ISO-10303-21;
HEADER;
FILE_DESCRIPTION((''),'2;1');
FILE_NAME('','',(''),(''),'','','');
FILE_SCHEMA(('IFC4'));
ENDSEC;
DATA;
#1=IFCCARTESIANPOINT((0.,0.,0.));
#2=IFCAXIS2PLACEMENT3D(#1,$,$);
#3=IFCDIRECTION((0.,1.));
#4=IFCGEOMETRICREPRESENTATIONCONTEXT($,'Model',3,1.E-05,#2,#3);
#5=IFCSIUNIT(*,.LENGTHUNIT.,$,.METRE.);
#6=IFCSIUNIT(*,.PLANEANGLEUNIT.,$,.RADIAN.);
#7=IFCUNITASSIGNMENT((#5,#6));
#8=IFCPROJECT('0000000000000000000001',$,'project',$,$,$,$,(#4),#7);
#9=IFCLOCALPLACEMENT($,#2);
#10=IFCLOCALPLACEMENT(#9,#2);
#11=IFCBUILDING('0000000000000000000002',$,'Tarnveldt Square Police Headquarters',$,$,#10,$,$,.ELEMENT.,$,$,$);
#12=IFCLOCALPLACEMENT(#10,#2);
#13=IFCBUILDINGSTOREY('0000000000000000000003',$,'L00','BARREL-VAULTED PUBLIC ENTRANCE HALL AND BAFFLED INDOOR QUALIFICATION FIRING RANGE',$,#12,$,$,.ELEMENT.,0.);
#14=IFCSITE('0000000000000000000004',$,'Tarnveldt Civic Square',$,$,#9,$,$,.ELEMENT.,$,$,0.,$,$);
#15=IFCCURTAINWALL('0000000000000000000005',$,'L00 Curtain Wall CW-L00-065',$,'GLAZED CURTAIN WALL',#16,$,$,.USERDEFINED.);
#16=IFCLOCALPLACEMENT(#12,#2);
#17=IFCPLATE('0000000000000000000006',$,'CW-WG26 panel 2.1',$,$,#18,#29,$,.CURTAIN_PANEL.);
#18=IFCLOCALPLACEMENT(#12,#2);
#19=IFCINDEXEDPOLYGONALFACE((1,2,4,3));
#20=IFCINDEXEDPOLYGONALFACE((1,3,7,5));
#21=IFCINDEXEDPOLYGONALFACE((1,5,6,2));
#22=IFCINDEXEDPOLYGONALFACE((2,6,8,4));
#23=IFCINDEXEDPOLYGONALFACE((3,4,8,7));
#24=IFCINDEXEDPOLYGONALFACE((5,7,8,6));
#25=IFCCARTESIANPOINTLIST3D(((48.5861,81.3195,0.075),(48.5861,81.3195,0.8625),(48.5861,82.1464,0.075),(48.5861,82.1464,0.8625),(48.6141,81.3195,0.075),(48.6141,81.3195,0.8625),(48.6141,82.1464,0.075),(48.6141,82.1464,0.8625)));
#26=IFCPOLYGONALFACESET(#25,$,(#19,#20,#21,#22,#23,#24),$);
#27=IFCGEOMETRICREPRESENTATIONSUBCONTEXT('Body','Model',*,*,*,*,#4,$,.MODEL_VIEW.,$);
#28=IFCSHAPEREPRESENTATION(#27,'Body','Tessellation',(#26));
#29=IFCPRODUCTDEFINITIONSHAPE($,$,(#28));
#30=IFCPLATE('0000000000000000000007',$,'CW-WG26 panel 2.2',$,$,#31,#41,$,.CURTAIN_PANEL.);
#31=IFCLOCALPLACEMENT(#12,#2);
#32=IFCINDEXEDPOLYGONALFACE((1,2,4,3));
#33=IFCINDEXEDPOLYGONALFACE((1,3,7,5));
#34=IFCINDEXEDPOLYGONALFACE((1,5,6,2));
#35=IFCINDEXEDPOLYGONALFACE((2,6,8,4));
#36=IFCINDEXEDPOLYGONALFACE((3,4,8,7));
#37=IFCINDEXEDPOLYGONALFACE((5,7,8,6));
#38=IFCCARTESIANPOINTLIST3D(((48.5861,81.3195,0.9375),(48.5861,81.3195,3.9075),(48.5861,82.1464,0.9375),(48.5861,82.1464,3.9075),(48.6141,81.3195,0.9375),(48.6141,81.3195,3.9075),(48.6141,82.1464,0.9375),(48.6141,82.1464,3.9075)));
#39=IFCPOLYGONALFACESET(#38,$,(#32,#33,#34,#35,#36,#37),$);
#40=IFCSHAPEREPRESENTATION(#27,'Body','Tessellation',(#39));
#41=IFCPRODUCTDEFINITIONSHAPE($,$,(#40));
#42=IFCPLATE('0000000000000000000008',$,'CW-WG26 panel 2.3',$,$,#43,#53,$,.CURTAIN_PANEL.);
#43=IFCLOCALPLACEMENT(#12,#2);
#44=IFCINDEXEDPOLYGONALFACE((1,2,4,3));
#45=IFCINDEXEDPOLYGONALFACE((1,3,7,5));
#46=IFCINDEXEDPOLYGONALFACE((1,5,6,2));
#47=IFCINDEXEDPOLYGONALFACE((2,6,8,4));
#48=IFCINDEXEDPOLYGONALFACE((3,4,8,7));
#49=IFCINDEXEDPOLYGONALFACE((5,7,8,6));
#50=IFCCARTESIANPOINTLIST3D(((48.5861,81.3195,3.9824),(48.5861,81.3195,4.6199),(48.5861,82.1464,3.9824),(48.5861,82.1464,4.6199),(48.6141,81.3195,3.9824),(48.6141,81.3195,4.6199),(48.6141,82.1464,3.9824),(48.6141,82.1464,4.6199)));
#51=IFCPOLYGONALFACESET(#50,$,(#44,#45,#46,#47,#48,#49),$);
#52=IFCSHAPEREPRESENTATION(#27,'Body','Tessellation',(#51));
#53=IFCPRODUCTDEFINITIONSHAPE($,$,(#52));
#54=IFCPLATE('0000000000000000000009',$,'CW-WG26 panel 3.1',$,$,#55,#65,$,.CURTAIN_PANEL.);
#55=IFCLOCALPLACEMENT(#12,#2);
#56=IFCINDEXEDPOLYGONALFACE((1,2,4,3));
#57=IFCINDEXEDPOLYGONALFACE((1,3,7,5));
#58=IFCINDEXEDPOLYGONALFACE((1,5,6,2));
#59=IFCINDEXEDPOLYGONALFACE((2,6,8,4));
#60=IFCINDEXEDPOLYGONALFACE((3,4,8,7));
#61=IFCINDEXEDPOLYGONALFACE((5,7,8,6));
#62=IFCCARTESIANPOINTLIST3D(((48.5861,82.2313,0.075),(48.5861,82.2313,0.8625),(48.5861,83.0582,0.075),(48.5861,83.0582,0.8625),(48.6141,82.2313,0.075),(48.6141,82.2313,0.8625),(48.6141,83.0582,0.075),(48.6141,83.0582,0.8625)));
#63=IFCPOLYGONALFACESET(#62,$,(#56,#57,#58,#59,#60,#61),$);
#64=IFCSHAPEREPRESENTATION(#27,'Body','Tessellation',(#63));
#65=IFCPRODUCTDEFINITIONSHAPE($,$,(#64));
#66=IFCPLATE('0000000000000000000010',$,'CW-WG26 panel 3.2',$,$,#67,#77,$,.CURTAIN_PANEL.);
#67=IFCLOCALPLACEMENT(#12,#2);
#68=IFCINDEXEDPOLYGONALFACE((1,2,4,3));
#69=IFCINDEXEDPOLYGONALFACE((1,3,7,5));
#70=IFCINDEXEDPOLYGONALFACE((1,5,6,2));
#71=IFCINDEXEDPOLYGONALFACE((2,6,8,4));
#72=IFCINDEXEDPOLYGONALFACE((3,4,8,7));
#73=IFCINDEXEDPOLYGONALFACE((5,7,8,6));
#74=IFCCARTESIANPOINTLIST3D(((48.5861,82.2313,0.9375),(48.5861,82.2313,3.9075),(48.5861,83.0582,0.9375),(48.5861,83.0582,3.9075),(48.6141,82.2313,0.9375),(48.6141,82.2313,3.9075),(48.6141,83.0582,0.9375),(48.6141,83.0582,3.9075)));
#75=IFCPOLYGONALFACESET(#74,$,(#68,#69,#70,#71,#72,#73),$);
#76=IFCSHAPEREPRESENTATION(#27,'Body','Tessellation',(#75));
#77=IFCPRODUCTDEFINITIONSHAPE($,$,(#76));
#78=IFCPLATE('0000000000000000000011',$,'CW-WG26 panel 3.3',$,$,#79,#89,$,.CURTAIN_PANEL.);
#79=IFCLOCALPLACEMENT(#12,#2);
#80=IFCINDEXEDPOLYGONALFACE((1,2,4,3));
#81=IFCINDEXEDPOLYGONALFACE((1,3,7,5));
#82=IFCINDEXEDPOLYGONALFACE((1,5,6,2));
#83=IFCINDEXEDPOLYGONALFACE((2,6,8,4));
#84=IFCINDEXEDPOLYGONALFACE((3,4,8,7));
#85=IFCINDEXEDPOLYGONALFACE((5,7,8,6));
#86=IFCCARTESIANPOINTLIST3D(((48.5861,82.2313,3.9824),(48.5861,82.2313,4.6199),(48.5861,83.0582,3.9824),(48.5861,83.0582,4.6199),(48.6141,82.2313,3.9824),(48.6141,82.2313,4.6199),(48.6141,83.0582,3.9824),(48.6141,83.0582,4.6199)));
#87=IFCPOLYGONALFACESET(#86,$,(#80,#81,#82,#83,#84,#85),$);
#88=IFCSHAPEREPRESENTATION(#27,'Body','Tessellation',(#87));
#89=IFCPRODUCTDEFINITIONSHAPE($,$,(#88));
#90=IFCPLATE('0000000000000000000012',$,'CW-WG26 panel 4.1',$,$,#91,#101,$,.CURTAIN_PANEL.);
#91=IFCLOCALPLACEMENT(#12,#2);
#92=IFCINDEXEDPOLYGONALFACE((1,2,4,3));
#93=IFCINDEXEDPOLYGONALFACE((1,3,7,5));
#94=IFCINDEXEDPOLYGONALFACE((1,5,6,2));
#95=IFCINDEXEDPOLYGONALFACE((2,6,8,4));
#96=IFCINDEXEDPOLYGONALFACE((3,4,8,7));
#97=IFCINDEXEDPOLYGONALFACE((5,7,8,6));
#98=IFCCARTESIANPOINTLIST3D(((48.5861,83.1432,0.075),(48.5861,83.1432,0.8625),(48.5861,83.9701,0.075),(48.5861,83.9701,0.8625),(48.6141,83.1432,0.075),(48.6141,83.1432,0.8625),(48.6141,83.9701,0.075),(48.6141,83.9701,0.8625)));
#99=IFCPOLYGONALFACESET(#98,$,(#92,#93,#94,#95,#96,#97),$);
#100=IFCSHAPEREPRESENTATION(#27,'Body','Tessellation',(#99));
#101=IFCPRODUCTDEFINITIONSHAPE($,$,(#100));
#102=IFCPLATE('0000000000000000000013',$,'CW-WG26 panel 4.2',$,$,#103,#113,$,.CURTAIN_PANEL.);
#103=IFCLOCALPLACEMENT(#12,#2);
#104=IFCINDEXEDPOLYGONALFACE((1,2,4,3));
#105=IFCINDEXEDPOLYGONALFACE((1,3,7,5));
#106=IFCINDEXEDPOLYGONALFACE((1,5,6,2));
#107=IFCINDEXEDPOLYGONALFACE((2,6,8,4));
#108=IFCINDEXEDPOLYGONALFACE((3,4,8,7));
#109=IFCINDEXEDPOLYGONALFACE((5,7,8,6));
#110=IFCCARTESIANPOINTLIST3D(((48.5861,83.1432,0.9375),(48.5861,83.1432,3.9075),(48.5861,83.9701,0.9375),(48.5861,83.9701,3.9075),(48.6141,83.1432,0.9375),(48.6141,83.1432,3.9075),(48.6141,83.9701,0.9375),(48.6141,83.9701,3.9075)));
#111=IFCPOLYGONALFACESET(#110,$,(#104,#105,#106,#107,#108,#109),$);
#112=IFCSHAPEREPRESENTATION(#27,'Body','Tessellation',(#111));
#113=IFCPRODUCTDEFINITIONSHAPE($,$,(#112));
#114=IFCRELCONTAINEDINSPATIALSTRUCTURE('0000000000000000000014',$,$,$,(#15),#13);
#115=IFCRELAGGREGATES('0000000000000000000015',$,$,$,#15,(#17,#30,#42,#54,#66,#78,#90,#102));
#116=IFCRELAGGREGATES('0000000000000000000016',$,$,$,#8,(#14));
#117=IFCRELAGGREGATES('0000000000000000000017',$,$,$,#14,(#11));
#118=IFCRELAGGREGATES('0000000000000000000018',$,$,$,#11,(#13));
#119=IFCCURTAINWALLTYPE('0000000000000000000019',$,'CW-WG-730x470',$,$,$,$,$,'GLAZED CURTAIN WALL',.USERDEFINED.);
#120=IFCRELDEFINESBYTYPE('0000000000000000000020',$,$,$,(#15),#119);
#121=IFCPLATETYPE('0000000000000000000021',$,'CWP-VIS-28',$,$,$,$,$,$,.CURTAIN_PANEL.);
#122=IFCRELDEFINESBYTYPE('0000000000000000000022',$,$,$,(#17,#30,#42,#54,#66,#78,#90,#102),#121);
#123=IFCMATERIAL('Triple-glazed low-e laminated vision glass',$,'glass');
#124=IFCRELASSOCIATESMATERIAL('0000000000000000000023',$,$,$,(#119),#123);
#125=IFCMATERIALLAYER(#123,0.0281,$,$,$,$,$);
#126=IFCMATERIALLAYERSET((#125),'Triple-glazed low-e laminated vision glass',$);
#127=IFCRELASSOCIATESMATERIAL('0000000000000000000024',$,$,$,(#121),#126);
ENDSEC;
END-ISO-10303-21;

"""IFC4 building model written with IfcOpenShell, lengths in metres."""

from ifc_helpers import new_model, si_unit, direction, frame, origin, origin_2d, place, context, subcontext, project, spatial, rectangle, extrude, material, layer, layer_set, type_object, element, aggregate, save


model = new_model("IFC4")

# Units and contexts
model_context = context("Model", 3, precision=1e-05, world=origin(), true_north=direction((0.0, 1.0)))
body_context = subcontext(model_context, "Body", "Model", "MODEL_VIEW")
ifc_project = project(units=[si_unit("LENGTHUNIT", "METRE"), si_unit("PLANEANGLEUNIT", "RADIAN")], contexts=[model_context])

# Site, building, storey
site_placement = place(None, origin())
site = spatial("IfcSite", under=ifc_project, at=site_placement, Name="Tarnveldt Civic Square", CompositionType="ELEMENT", RefElevation=0.0)
building_placement = place(site_placement, origin())
building = spatial("IfcBuilding", under=site, at=building_placement, Name="Tarnveldt Square Police Headquarters", CompositionType="ELEMENT")
storey_placement = place(building_placement, origin())
storey = spatial("IfcBuildingStorey", under=building, at=storey_placement, Name="L00", Description="BARREL-VAULTED PUBLIC ENTRANCE HALL AND BAFFLED INDOOR QUALIFICATION FIRING RANGE", CompositionType="ELEMENT", Elevation=0.0)

# Shared definitions
ifc_material_1 = material(Name="Triple-glazed low-e laminated vision glass", Category="glass")

# Curtain wall, plates
curtain_wall_type_1 = type_object("IfcCurtainWallType", Name="CW-WG-730x470", ElementType="GLAZED CURTAIN WALL", PredefinedType="USERDEFINED", material=ifc_material_1)
curtain_wall_1_placement = place(storey_placement, origin())
curtain_wall_1 = element("IfcCurtainWall", 1, at=curtain_wall_1_placement, inside=storey, type_object=curtain_wall_type_1, Name="L00 Curtain Wall CW-L00-065", ObjectType="GLAZED CURTAIN WALL", PredefinedType="USERDEFINED")
ifc_layer = layer(ifc_material_1, 0.0281)
ifc_layer_set = layer_set([ifc_layer], Name="Triple-glazed low-e laminated vision glass")
plate_type = type_object("IfcPlateType", Name="CWP-VIS-28", PredefinedType="CURTAIN_PANEL", material=ifc_layer_set)
plate_1_placement = place(storey_placement, frame((48.6001, 81.7329, 0.075), z_axis=(0.0, 0.0, 1.0), x_axis=(0.0, 1.0, 0.0)))
plate_1 = element("IfcPlate", 2, at=plate_1_placement, type_object=plate_type, Name="CW-WG26 panel 2.1", PredefinedType="CURTAIN_PANEL", context=body_context, shape_type="SweptSolid", body=[
    extrude(rectangle(XDim=0.8269, YDim=0.0281, at=origin_2d()), origin(), (0.0, 0.0, 1.0), 0.7876),
])
plate_2_placement = place(storey_placement, frame((48.6001, 81.7329, 0.9375), z_axis=(0.0, 0.0, 1.0), x_axis=(0.0, 1.0, 0.0)))
plate_2 = element("IfcPlate", 3, at=plate_2_placement, type_object=plate_type, Name="CW-WG26 panel 2.2", PredefinedType="CURTAIN_PANEL", context=body_context, shape_type="SweptSolid", body=[
    extrude(rectangle(XDim=0.8269, YDim=0.0281, at=origin_2d()), origin(), (0.0, 0.0, 1.0), 2.97),
])
plate_3_placement = place(storey_placement, frame((48.6001, 81.7329, 3.9824), z_axis=(0.0, 0.0, 1.0), x_axis=(0.0, 1.0, 0.0)))
plate_3 = element("IfcPlate", 4, at=plate_3_placement, type_object=plate_type, Name="CW-WG26 panel 2.3", PredefinedType="CURTAIN_PANEL", context=body_context, shape_type="SweptSolid", body=[
    extrude(rectangle(XDim=0.8269, YDim=0.0281, at=origin_2d()), origin(), (0.0, 0.0, 1.0), 0.6375),
])
plate_4_placement = place(storey_placement, frame((48.6001, 82.6448, 0.075), z_axis=(0.0, 0.0, 1.0), x_axis=(0.0, 1.0, 0.0)))
plate_4 = element("IfcPlate", 5, at=plate_4_placement, type_object=plate_type, Name="CW-WG26 panel 3.1", PredefinedType="CURTAIN_PANEL", context=body_context, shape_type="SweptSolid", body=[
    extrude(rectangle(XDim=0.8269, YDim=0.0281, at=origin_2d()), origin(), (0.0, 0.0, 1.0), 0.7876),
])
plate_5_placement = place(storey_placement, frame((48.6001, 82.6448, 0.9375), z_axis=(0.0, 0.0, 1.0), x_axis=(0.0, 1.0, 0.0)))
plate_5 = element("IfcPlate", 6, at=plate_5_placement, type_object=plate_type, Name="CW-WG26 panel 3.2", PredefinedType="CURTAIN_PANEL", context=body_context, shape_type="SweptSolid", body=[
    extrude(rectangle(XDim=0.8269, YDim=0.0281, at=origin_2d()), origin(), (0.0, 0.0, 1.0), 2.97),
])
plate_6_placement = place(storey_placement, frame((48.6001, 82.6448, 3.9824), z_axis=(0.0, 0.0, 1.0), x_axis=(0.0, 1.0, 0.0)))
plate_6 = element("IfcPlate", 7, at=plate_6_placement, type_object=plate_type, Name="CW-WG26 panel 3.3", PredefinedType="CURTAIN_PANEL", context=body_context, shape_type="SweptSolid", body=[
    extrude(rectangle(XDim=0.8269, YDim=0.0281, at=origin_2d()), origin(), (0.0, 0.0, 1.0), 0.6375),
])
plate_7_placement = place(storey_placement, frame((48.6001, 83.5566, 0.075), z_axis=(0.0, 0.0, 1.0), x_axis=(0.0, 1.0, 0.0)))
plate_7 = element("IfcPlate", 8, at=plate_7_placement, type_object=plate_type, Name="CW-WG26 panel 4.1", PredefinedType="CURTAIN_PANEL", context=body_context, shape_type="SweptSolid", body=[
    extrude(rectangle(XDim=0.8269, YDim=0.0281, at=origin_2d()), origin(), (0.0, 0.0, 1.0), 0.7876),
])
plate_8_placement = place(storey_placement, frame((48.6001, 83.5566, 0.9375), z_axis=(0.0, 0.0, 1.0), x_axis=(0.0, 1.0, 0.0)))
plate_8 = element("IfcPlate", 9, at=plate_8_placement, type_object=plate_type, Name="CW-WG26 panel 4.2", PredefinedType="CURTAIN_PANEL", context=body_context, shape_type="SweptSolid", body=[
    extrude(rectangle(XDim=0.8269, YDim=0.0281, at=origin_2d()), origin(), (0.0, 0.0, 1.0), 2.97),
])
aggregate(curtain_wall_1, [plate_1, plate_2, plate_3, plate_4, plate_5, plate_6, plate_7, plate_8])

save(model, "model.ifc")
